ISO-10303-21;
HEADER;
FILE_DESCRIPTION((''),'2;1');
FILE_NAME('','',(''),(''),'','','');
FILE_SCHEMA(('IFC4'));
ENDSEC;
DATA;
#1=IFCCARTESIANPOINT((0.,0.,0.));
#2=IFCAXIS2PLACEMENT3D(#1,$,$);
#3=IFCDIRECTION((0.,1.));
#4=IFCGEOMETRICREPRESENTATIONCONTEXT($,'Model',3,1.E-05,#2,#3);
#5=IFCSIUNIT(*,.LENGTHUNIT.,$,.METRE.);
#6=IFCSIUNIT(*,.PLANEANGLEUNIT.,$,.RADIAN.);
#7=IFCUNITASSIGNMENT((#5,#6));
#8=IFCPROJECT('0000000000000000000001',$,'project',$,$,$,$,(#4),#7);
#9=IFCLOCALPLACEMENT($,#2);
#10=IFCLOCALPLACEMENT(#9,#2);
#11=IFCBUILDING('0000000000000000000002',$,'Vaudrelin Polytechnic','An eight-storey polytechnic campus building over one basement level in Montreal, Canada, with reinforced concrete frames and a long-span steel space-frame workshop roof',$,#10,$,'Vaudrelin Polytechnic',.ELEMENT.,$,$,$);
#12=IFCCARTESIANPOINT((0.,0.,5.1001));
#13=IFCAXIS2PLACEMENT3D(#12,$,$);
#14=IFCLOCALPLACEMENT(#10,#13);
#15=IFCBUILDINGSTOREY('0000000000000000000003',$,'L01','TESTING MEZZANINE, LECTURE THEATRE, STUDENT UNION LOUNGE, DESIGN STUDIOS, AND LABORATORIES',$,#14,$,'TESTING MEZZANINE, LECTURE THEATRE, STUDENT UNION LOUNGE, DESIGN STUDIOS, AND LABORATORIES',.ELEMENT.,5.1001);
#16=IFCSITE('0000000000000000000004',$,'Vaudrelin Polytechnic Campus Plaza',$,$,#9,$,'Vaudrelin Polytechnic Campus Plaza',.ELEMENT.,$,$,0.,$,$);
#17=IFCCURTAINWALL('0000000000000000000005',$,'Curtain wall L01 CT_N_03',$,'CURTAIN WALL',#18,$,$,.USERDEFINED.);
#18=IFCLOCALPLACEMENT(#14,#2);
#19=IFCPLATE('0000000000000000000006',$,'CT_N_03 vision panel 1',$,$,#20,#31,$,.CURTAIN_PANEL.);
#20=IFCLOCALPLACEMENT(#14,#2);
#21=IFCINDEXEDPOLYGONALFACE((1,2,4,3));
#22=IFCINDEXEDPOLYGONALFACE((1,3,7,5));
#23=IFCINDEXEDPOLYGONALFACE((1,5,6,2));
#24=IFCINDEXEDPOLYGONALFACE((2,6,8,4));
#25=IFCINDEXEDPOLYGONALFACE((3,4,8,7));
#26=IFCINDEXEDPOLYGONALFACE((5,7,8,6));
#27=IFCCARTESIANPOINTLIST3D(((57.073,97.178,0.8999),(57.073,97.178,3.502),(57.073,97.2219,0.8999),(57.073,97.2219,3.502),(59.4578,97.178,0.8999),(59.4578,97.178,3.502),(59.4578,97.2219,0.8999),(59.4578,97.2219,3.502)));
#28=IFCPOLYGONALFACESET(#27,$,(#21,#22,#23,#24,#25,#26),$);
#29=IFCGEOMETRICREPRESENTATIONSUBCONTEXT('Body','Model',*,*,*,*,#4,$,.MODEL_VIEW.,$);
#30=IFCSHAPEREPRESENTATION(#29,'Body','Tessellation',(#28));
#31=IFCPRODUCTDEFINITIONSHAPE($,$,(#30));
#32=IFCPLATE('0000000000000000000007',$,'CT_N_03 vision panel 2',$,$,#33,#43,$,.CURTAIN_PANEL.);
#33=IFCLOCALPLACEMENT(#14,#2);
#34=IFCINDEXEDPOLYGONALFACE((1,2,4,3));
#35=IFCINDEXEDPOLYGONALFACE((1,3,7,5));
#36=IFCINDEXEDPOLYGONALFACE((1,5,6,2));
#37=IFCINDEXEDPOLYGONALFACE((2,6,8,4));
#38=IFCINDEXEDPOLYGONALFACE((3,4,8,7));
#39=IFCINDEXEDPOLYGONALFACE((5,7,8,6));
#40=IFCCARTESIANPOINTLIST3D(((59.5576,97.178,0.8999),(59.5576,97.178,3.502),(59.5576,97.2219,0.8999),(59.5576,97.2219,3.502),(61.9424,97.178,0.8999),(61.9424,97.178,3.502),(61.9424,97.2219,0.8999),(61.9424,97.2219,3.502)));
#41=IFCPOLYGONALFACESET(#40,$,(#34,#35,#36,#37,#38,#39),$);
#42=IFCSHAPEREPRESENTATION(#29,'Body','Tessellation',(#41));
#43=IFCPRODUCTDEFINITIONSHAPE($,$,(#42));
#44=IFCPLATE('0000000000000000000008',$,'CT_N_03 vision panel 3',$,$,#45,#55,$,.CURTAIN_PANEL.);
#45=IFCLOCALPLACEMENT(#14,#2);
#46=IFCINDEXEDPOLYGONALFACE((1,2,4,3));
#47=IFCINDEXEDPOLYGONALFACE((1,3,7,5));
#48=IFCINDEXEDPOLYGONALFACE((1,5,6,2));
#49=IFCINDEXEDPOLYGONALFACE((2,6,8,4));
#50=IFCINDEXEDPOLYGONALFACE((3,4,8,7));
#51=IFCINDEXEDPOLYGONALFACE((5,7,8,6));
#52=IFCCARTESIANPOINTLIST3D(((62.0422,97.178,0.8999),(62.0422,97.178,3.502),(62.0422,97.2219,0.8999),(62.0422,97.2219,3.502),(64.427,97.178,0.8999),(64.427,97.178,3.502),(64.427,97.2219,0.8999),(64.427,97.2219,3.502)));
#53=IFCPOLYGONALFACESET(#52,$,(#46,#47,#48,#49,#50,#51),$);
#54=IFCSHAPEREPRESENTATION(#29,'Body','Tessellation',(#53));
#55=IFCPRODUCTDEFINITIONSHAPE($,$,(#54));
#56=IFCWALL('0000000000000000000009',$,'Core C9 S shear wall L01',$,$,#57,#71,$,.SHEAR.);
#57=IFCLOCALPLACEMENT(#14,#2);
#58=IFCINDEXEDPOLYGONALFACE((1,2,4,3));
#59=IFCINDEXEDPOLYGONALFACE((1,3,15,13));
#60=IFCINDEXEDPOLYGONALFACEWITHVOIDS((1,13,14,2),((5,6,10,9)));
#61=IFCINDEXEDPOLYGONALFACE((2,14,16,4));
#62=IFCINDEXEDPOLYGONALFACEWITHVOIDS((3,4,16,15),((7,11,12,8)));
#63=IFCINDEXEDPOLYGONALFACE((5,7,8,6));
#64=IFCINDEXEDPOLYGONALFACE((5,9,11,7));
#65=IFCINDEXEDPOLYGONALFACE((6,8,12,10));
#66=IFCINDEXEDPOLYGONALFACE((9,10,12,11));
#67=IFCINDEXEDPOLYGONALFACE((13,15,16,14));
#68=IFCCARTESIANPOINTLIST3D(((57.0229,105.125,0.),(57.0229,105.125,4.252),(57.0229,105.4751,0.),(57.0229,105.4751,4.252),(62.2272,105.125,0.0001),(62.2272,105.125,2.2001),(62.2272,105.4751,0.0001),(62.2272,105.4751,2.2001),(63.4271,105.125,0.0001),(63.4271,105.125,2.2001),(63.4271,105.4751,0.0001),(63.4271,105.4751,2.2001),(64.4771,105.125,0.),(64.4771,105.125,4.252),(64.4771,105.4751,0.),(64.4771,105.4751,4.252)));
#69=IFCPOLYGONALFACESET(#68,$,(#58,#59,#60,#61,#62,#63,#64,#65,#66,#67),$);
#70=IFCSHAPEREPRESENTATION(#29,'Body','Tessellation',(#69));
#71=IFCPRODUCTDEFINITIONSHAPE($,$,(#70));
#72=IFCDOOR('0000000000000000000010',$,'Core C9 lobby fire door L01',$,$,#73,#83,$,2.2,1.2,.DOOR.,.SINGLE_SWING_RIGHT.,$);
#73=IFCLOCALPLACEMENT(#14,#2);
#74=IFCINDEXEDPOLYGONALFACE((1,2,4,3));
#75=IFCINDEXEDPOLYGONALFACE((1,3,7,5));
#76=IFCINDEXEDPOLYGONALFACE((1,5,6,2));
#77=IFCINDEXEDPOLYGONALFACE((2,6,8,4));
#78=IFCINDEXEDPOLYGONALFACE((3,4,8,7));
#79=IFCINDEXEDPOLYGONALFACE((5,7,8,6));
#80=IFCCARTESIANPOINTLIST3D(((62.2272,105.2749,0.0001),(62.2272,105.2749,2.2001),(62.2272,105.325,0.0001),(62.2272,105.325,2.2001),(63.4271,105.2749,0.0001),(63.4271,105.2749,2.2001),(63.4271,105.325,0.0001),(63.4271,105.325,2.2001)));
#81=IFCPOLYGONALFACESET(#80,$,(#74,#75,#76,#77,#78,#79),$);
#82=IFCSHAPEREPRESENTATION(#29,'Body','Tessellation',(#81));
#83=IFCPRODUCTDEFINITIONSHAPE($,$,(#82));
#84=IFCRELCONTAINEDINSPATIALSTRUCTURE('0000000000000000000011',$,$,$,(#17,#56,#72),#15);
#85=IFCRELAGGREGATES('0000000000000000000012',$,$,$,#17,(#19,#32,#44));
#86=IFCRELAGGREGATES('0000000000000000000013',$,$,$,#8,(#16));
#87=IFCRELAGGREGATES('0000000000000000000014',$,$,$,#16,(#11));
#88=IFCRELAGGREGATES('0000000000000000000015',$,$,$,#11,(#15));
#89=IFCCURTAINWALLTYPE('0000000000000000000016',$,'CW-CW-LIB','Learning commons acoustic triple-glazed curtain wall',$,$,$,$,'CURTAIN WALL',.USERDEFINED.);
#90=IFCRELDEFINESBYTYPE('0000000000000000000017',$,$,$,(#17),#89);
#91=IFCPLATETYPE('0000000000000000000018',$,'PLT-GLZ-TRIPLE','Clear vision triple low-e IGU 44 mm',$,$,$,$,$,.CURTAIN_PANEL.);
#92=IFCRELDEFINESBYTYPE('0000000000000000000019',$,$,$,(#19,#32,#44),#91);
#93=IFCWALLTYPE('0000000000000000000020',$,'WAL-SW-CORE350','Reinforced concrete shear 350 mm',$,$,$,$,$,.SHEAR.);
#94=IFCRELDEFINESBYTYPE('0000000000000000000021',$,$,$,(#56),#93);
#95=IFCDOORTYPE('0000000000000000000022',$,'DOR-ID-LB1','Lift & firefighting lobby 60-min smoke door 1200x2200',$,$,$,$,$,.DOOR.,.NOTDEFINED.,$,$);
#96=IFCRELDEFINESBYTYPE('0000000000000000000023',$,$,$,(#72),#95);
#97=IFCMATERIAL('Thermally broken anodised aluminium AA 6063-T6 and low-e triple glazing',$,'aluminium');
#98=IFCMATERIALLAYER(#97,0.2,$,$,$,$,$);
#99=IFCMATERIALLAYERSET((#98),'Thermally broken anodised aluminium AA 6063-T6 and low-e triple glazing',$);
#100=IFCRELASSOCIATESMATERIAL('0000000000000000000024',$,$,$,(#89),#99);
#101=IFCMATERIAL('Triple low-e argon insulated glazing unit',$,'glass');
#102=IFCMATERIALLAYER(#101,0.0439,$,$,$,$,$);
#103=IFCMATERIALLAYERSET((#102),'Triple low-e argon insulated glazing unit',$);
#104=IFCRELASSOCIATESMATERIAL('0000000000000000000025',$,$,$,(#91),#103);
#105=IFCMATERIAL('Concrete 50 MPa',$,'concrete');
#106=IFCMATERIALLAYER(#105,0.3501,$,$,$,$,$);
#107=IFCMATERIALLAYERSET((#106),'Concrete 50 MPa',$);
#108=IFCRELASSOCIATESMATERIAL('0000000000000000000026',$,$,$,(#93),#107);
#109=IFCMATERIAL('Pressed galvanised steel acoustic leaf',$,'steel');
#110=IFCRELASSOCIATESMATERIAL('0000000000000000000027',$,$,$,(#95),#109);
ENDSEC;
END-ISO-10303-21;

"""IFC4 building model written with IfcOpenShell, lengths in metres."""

from ifc_helpers import new_model, si_unit, direction, frame, frame_2d, origin, origin_2d, place, context, subcontext, project, spatial, rectangle, extrude, material, layer, layer_set, type_object, element, fill, aggregate, save


model = new_model("IFC4")

# Units and contexts
model_context = context("Model", 3, precision=1e-05, world=origin(), true_north=direction((0.0, 1.0)))
body_context = subcontext(model_context, "Body", "Model", "MODEL_VIEW")
ifc_project = project(units=[si_unit("LENGTHUNIT", "METRE"), si_unit("PLANEANGLEUNIT", "RADIAN")], contexts=[model_context])

# Site, building, storey
site_placement = place(None, origin())
site = spatial("IfcSite", under=ifc_project, at=site_placement, Name="Vaudrelin Polytechnic Campus Plaza", LongName="Vaudrelin Polytechnic Campus Plaza", CompositionType="ELEMENT", RefElevation=0.0)
building_placement = place(site_placement, origin())
building = spatial("IfcBuilding", under=site, at=building_placement, Name="Vaudrelin Polytechnic", Description="An eight-storey polytechnic campus building over one basement level in Montreal, Canada, with reinforced concrete frames and a long-span steel space-frame workshop roof", LongName="Vaudrelin Polytechnic", CompositionType="ELEMENT")
storey_placement = place(building_placement, frame((0.0, 0.0, 5.1001)))
storey = spatial("IfcBuildingStorey", under=building, at=storey_placement, Name="L01", Description="TESTING MEZZANINE, LECTURE THEATRE, STUDENT UNION LOUNGE, DESIGN STUDIOS, AND LABORATORIES", LongName="TESTING MEZZANINE, LECTURE THEATRE, STUDENT UNION LOUNGE, DESIGN STUDIOS, AND LABORATORIES", CompositionType="ELEMENT", Elevation=5.1001)

# Shared definitions
ifc_material_1 = material(Name="Thermally broken anodised aluminium AA 6063-T6 and low-e triple glazing", Category="aluminium")
ifc_layer_1 = layer(ifc_material_1, 0.2)
ifc_layer_set_1 = layer_set([ifc_layer_1], Name="Thermally broken anodised aluminium AA 6063-T6 and low-e triple glazing")
curtain_wall_type = type_object("IfcCurtainWallType", Name="CW-CW-LIB", Description="Learning commons acoustic triple-glazed curtain wall", ElementType="CURTAIN WALL", PredefinedType="USERDEFINED", material=ifc_layer_set_1)

# Curtain wall
curtain_wall_1_placement = place(storey_placement, origin())
curtain_wall_1 = element("IfcCurtainWall", 1, at=curtain_wall_1_placement, inside=storey, type_object=curtain_wall_type, Name="Curtain wall L01 CT_N_03", ObjectType="CURTAIN WALL", PredefinedType="USERDEFINED")

# Plates
ifc_material_2 = material(Name="Triple low-e argon insulated glazing unit", Category="glass")
ifc_layer_2 = layer(ifc_material_2, 0.0439)
ifc_layer_set_2 = layer_set([ifc_layer_2], Name="Triple low-e argon insulated glazing unit")
plate_type_1 = type_object("IfcPlateType", Name="PLT-GLZ-TRIPLE", Description="Clear vision triple low-e IGU 44 mm", PredefinedType="CURTAIN_PANEL", material=ifc_layer_set_2)
plate_1_placement = place(storey_placement, frame((58.2654, 97.2, 0.8999), z_axis=(0.0, 0.0, 1.0), x_axis=(1.0, 0.0, 0.0)))
plate_1 = element("IfcPlate", 2, at=plate_1_placement, type_object=plate_type_1, Name="CT_N_03 vision panel 1", PredefinedType="CURTAIN_PANEL", context=body_context, shape_type="SweptSolid", body=[
    extrude(rectangle(XDim=2.3848, YDim=0.0439, at=origin_2d()), origin(), (0.0, 0.0, 1.0), 2.6021),
])
plate_2_placement = place(storey_placement, frame((60.75, 97.2, 0.8999), z_axis=(0.0, 0.0, 1.0), x_axis=(1.0, 0.0, 0.0)))
plate_2 = element("IfcPlate", 3, at=plate_2_placement, type_object=plate_type_1, Name="CT_N_03 vision panel 2", PredefinedType="CURTAIN_PANEL", context=body_context, shape_type="SweptSolid", body=[
    extrude(rectangle(XDim=2.3848, YDim=0.0439, at=origin_2d()), origin(), (0.0, 0.0, 1.0), 2.6021),
])
plate_3_placement = place(storey_placement, frame((63.2346, 97.2, 0.8999), z_axis=(0.0, 0.0, 1.0), x_axis=(1.0, 0.0, 0.0)))
plate_3 = element("IfcPlate", 4, at=plate_3_placement, type_object=plate_type_1, Name="CT_N_03 vision panel 3", PredefinedType="CURTAIN_PANEL", context=body_context, shape_type="SweptSolid", body=[
    extrude(rectangle(XDim=2.3848, YDim=0.0439, at=origin_2d()), origin(), (0.0, 0.0, 1.0), 2.6021),
])
aggregate(curtain_wall_1, [plate_1, plate_2, plate_3])

# Wall, opening, door
ifc_material_3 = material(Name="Concrete 50 MPa", Category="concrete")
ifc_layer_3 = layer(ifc_material_3, 0.3501)
ifc_layer_set_3 = layer_set([ifc_layer_3], Name="Concrete 50 MPa")
wall_type = type_object("IfcWallType", Name="WAL-SW-CORE350", Description="Reinforced concrete shear 350 mm", PredefinedType="SHEAR", material=ifc_layer_set_3)
wall_placement = place(storey_placement, frame((57.0229, 105.3, 0.0), z_axis=(0.0, 0.0, 1.0), x_axis=(1.0, 0.0, 0.0)))
wall = element("IfcWall", 5, at=wall_placement, inside=storey, type_object=wall_type, Name="Core C9 S shear wall L01", PredefinedType="SHEAR", context=body_context, shape_type="SweptSolid", body=[
    extrude(rectangle(XDim=7.4541, YDim=0.3501, at=frame_2d((3.7271, 0.0))), origin(), (0.0, 0.0, 1.0), 4.252),
])
opening_placement = place(wall_placement, frame((5.2041, 0.0, 0.0)))
opening = element("IfcOpeningElement", 6, at=opening_placement, cuts=wall, PredefinedType="OPENING", context=body_context, shape_type="SweptSolid", body=[
    extrude(rectangle(XDim=1.2, YDim=2.2, at=frame_2d((0.6001, 1.1001))), frame((0.0, 0.1851, 0.0), z_axis=(0.0, -1.0, 0.0), x_axis=(1.0, 0.0, 0.0)), (0.0, 0.0, 1.0), 0.3701),
])
ifc_material_4 = material(Name="Pressed galvanised steel acoustic leaf", Category="steel")
door_type = type_object("IfcDoorType", Name="DOR-ID-LB1", Description="Lift & firefighting lobby 60-min smoke door 1200x2200", OperationType="NOTDEFINED", PredefinedType="DOOR", material=ifc_material_4)
door_placement = place(opening_placement, origin())
door = element("IfcDoor", 7, at=door_placement, inside=storey, type_object=door_type, Name="Core C9 lobby fire door L01", OperationType="SINGLE_SWING_RIGHT", OverallHeight=2.2, OverallWidth=1.2, PredefinedType="DOOR", context=body_context, shape_type="SweptSolid", body=[
    extrude(rectangle(XDim=1.2, YDim=2.2, at=frame_2d((0.6001, 1.1001))), frame((0.0, 0.0249, 0.0), z_axis=(0.0, -1.0, 0.0), x_axis=(1.0, 0.0, 0.0)), (0.0, 0.0, 1.0), 0.05),
])
fill(opening, door)

save(model, "model.ifc")
